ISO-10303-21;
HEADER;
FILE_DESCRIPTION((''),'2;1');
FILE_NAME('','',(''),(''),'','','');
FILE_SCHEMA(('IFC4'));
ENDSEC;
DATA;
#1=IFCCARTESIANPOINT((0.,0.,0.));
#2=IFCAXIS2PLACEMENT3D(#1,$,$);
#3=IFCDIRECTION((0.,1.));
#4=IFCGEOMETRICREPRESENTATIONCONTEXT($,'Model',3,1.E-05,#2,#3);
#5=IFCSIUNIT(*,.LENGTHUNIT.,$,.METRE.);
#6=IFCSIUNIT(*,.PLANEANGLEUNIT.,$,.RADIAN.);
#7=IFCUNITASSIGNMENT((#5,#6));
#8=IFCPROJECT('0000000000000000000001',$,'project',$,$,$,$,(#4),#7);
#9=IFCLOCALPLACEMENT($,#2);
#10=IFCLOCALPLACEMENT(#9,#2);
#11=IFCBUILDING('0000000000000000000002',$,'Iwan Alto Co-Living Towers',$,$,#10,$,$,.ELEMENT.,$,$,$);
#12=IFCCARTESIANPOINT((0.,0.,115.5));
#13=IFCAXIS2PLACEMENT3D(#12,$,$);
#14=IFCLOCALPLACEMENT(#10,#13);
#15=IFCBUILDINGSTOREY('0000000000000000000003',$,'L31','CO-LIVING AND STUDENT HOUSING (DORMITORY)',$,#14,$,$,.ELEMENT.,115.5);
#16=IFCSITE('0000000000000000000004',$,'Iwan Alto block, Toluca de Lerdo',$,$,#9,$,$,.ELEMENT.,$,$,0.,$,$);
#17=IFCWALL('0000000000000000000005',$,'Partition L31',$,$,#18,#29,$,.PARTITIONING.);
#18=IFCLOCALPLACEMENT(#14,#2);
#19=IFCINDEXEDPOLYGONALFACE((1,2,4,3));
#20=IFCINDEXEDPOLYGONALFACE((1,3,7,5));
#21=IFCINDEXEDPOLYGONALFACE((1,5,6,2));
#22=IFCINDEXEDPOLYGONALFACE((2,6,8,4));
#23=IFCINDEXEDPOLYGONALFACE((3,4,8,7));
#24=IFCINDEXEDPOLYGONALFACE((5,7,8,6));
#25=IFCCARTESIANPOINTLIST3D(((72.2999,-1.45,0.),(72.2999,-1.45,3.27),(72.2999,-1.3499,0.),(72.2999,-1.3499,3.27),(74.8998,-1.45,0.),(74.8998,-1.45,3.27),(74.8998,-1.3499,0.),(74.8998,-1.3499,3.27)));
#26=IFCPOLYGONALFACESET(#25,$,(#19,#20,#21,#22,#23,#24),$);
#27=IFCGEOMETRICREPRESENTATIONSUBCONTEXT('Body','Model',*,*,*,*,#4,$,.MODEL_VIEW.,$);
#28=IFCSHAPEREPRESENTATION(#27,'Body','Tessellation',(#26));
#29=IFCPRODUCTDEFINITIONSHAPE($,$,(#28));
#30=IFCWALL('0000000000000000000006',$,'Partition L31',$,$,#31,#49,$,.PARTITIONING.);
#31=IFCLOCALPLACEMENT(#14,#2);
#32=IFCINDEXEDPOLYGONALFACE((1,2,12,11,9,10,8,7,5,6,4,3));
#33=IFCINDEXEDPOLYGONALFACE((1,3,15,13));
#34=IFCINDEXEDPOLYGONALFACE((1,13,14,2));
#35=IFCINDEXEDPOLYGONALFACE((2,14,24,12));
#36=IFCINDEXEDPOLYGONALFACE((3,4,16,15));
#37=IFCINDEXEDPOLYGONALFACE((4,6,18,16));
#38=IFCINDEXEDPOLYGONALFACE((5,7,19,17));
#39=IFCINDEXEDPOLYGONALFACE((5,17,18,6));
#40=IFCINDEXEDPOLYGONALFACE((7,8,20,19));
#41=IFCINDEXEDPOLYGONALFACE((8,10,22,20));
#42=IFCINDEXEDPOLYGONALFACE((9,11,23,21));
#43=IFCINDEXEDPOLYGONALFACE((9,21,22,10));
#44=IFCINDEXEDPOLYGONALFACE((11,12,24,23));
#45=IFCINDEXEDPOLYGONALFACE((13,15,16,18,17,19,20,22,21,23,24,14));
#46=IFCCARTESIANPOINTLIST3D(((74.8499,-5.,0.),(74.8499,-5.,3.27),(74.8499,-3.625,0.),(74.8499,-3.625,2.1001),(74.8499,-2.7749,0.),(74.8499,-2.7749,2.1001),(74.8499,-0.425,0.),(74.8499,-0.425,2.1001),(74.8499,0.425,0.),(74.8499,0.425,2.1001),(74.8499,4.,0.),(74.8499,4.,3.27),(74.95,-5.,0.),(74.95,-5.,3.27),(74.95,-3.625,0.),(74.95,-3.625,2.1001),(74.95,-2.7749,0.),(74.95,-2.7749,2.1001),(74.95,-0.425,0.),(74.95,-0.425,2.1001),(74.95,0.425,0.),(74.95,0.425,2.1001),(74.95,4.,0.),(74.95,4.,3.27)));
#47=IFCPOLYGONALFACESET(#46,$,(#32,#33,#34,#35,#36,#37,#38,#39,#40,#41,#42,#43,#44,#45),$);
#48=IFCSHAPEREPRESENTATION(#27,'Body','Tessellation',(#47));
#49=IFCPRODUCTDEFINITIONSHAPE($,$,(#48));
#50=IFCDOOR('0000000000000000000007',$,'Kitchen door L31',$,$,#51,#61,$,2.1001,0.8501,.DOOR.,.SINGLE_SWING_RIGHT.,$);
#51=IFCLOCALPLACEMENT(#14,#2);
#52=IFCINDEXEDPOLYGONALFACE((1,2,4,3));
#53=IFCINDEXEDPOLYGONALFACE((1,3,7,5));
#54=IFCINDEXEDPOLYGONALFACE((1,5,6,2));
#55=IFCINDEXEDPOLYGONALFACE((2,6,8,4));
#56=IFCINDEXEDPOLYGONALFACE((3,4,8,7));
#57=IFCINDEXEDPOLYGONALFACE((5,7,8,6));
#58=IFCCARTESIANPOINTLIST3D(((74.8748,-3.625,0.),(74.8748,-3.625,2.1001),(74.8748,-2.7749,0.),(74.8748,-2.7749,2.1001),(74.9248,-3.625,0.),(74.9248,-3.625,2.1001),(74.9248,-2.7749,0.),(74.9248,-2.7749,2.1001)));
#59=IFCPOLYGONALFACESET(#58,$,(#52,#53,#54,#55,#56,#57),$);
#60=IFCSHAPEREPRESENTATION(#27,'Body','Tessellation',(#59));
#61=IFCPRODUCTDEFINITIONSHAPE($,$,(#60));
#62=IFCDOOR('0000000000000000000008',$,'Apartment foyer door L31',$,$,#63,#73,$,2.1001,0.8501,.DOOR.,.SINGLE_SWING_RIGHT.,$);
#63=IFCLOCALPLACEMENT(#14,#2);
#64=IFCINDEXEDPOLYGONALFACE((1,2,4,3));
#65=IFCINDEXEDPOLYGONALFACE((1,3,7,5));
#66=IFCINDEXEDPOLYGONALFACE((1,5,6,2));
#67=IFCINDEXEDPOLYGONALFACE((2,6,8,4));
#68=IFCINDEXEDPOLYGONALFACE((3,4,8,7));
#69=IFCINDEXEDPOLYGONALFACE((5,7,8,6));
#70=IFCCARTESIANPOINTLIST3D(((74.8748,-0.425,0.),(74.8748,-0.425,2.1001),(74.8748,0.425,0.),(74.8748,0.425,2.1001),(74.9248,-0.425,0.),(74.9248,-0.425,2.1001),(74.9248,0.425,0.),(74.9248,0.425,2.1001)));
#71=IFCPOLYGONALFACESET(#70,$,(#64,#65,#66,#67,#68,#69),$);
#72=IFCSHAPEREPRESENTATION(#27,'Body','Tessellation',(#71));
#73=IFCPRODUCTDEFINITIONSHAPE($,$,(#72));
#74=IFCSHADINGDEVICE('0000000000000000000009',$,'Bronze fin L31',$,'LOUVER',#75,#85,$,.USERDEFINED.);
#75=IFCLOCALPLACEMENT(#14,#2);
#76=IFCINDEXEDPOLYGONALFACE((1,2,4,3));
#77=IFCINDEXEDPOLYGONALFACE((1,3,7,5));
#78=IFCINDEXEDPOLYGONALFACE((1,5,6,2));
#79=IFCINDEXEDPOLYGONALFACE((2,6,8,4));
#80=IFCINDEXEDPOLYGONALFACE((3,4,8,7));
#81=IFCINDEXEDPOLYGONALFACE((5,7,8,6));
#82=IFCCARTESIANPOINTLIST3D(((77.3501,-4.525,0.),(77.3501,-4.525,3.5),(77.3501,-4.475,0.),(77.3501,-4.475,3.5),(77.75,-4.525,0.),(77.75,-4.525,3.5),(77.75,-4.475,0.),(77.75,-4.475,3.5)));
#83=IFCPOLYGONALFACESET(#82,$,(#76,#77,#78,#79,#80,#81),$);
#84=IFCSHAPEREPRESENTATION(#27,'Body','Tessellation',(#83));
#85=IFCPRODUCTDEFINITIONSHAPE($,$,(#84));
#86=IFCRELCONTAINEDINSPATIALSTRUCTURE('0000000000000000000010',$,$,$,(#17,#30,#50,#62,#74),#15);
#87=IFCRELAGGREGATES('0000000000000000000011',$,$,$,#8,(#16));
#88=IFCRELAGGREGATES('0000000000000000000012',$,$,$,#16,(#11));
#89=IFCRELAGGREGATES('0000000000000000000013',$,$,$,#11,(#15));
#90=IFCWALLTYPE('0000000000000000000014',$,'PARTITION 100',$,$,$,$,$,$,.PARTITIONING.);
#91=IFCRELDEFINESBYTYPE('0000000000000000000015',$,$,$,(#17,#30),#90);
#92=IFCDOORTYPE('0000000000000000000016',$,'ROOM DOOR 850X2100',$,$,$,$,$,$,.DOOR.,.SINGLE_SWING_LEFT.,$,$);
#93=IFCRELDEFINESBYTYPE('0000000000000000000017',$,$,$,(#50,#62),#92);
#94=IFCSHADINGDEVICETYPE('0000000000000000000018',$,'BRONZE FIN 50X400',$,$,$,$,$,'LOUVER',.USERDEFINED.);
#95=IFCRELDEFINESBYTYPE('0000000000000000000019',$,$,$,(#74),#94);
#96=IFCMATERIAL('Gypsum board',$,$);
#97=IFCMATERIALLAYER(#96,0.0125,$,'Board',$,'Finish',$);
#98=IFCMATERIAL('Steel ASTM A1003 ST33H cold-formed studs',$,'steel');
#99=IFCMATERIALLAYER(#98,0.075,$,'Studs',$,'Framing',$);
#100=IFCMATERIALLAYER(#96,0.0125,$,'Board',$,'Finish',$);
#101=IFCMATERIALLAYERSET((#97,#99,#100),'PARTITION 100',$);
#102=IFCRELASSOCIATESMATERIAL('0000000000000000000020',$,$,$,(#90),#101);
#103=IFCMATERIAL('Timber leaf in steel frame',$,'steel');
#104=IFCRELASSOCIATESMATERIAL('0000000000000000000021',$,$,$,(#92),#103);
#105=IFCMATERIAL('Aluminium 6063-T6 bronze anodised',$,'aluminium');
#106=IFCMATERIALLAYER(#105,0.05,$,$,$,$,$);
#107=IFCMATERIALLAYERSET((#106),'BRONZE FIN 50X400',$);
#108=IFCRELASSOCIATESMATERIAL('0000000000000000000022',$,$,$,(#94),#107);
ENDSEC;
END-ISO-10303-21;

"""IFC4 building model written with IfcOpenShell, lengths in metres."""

from ifc_helpers import new_model, si_unit, direction, frame, frame_2d, origin, origin_2d, place, context, subcontext, project, spatial, rectangle, extrude, material, layer, layer_set, type_object, element, fill, save


model = new_model("IFC4")

# Units and contexts
model_context = context("Model", 3, precision=1e-05, world=origin(), true_north=direction((0.0, 1.0)))
body_context = subcontext(model_context, "Body", "Model", "MODEL_VIEW")
ifc_project = project(units=[si_unit("LENGTHUNIT", "METRE"), si_unit("PLANEANGLEUNIT", "RADIAN")], contexts=[model_context])

# Site, building, storey
site_placement = place(None, origin())
site = spatial("IfcSite", under=ifc_project, at=site_placement, Name="Iwan Alto block, Toluca de Lerdo", CompositionType="ELEMENT", RefElevation=0.0)
building_placement = place(site_placement, origin())
building = spatial("IfcBuilding", under=site, at=building_placement, Name="Iwan Alto Co-Living Towers", CompositionType="ELEMENT")
storey_placement = place(building_placement, frame((0.0, 0.0, 115.5)))
storey = spatial("IfcBuildingStorey", under=building, at=storey_placement, Name="L31", Description="CO-LIVING AND STUDENT HOUSING (DORMITORY)", CompositionType="ELEMENT", Elevation=115.5)

# Shared definitions
ifc_material_1 = material(Name="Gypsum board")
ifc_material_2 = material(Name="Steel ASTM A1003 ST33H cold-formed studs", Category="steel")
ifc_layer_1 = layer(ifc_material_1, 0.0125, Name="Board", Category="Finish")
ifc_layer_2 = layer(ifc_material_2, 0.075, Name="Studs", Category="Framing")
ifc_layer_3 = layer(ifc_material_1, 0.0125, Name="Board", Category="Finish")
ifc_layer_set_1 = layer_set([ifc_layer_1, ifc_layer_2, ifc_layer_3], Name="PARTITION 100")
wall_type_1 = type_object("IfcWallType", Name="PARTITION 100", PredefinedType="PARTITIONING", material=ifc_layer_set_1)
ifc_material_3 = material(Name="Timber leaf in steel frame", Category="steel")
door_type_1 = type_object("IfcDoorType", Name="ROOM DOOR 850X2100", OperationType="SINGLE_SWING_LEFT", PredefinedType="DOOR", material=ifc_material_3)

# Wall
for number, where, z_axis, x_axis, name in (
    (1, (72.3, -1.3999, 0.0), (0.0, 0.0, 1.0), (1.0, 0.0, 0.0), "Partition L31"),
):
    element("IfcWall", number, at=place(storey_placement, frame(where, z_axis=z_axis, x_axis=x_axis)), inside=storey, type_object=wall_type_1, Name=name, PredefinedType="PARTITIONING", context=body_context, shape_type="SweptSolid", body=[
        extrude(rectangle(XDim=2.5999, YDim=0.1001, at=frame_2d((1.2998, 0.0))), origin(), (0.0, 0.0, 1.0), 3.27),
    ])

# Wall, openings, doors
wall_1_placement = place(storey_placement, frame((74.8999, -5.0, 0.0), z_axis=(0.0, 0.0, 1.0), x_axis=(0.0, 1.0, 0.0)))
wall_1 = element("IfcWall", 2, at=wall_1_placement, inside=storey, type_object=wall_type_1, Name="Partition L31", PredefinedType="PARTITIONING", context=body_context, shape_type="SweptSolid", body=[
    extrude(rectangle(XDim=9.0, YDim=0.1001, at=frame_2d((4.5, 0.0))), origin(), (0.0, 0.0, 1.0), 3.27),
])
opening_1_placement = place(wall_1_placement, frame((1.375, 0.0, 0.0)))
opening_1 = element("IfcOpeningElement", 3, at=opening_1_placement, cuts=wall_1, PredefinedType="OPENING", context=body_context, shape_type="SweptSolid", body=[
    extrude(rectangle(XDim=0.8501, YDim=2.1001, at=frame_2d((0.425, 1.05))), frame((0.0, 0.0601, 0.0), z_axis=(0.0, -1.0, 0.0), x_axis=(1.0, 0.0, 0.0)), (0.0, 0.0, 1.0), 0.1201),
])
opening_2_placement = place(wall_1_placement, frame((4.575, 0.0, 0.0)))
opening_2 = element("IfcOpeningElement", 4, at=opening_2_placement, cuts=wall_1, PredefinedType="OPENING", context=body_context, shape_type="SweptSolid", body=[
    extrude(rectangle(XDim=0.8501, YDim=2.1001, at=frame_2d((0.425, 1.05))), frame((0.0, 0.0601, 0.0), z_axis=(0.0, -1.0, 0.0), x_axis=(1.0, 0.0, 0.0)), (0.0, 0.0, 1.0), 0.1201),
])
door_1_placement = place(opening_1_placement, frame((0.8501, 0.0, 0.0), z_axis=(0.0, 0.0, 1.0), x_axis=(-1.0, 0.0, 0.0)))
door_1 = element("IfcDoor", 5, at=door_1_placement, inside=storey, type_object=door_type_1, Name="Kitchen door L31", OperationType="SINGLE_SWING_RIGHT", OverallHeight=2.1001, OverallWidth=0.8501, PredefinedType="DOOR", context=body_context, shape_type="SweptSolid", body=[
    extrude(rectangle(XDim=0.8501, YDim=2.1001, at=frame_2d((0.425, 1.05))), frame((0.0, 0.0249, 0.0), z_axis=(0.0, -1.0, 0.0), x_axis=(1.0, 0.0, 0.0)), (0.0, 0.0, 1.0), 0.05),
])
fill(opening_1, door_1)
door_2_placement = place(opening_2_placement, frame((0.8501, 0.0, 0.0), z_axis=(0.0, 0.0, 1.0), x_axis=(-1.0, 0.0, 0.0)))
door_2 = element("IfcDoor", 6, at=door_2_placement, inside=storey, type_object=door_type_1, Name="Apartment foyer door L31", OperationType="SINGLE_SWING_RIGHT", OverallHeight=2.1001, OverallWidth=0.8501, PredefinedType="DOOR", context=body_context, shape_type="SweptSolid", body=[
    extrude(rectangle(XDim=0.8501, YDim=2.1001, at=frame_2d((0.425, 1.05))), frame((0.0, 0.0249, 0.0), z_axis=(0.0, -1.0, 0.0), x_axis=(1.0, 0.0, 0.0)), (0.0, 0.0, 1.0), 0.05),
])
fill(opening_2, door_2)

# Shading device
ifc_material_4 = material(Name="Aluminium 6063-T6 bronze anodised", Category="aluminium")
ifc_layer_4 = layer(ifc_material_4, 0.05)
ifc_layer_set_2 = layer_set([ifc_layer_4], Name="BRONZE FIN 50X400")
shading_device_type = type_object("IfcShadingDeviceType", Name="BRONZE FIN 50X400", ElementType="LOUVER", PredefinedType="USERDEFINED", material=ifc_layer_set_2)
shading_device_placement = place(storey_placement, frame((77.55, -4.5, 0.0), z_axis=(0.0, 0.0, 1.0), x_axis=(0.0, 1.0, 0.0)))
element("IfcShadingDevice", 7, at=shading_device_placement, inside=storey, type_object=shading_device_type, Name="Bronze fin L31", ObjectType="LOUVER", PredefinedType="USERDEFINED", context=body_context, shape_type="SweptSolid", body=[
    extrude(rectangle(XDim=0.05, YDim=0.3999, at=origin_2d()), origin(), (0.0, 0.0, 1.0), 3.5),
])

save(model, "model.ifc")
